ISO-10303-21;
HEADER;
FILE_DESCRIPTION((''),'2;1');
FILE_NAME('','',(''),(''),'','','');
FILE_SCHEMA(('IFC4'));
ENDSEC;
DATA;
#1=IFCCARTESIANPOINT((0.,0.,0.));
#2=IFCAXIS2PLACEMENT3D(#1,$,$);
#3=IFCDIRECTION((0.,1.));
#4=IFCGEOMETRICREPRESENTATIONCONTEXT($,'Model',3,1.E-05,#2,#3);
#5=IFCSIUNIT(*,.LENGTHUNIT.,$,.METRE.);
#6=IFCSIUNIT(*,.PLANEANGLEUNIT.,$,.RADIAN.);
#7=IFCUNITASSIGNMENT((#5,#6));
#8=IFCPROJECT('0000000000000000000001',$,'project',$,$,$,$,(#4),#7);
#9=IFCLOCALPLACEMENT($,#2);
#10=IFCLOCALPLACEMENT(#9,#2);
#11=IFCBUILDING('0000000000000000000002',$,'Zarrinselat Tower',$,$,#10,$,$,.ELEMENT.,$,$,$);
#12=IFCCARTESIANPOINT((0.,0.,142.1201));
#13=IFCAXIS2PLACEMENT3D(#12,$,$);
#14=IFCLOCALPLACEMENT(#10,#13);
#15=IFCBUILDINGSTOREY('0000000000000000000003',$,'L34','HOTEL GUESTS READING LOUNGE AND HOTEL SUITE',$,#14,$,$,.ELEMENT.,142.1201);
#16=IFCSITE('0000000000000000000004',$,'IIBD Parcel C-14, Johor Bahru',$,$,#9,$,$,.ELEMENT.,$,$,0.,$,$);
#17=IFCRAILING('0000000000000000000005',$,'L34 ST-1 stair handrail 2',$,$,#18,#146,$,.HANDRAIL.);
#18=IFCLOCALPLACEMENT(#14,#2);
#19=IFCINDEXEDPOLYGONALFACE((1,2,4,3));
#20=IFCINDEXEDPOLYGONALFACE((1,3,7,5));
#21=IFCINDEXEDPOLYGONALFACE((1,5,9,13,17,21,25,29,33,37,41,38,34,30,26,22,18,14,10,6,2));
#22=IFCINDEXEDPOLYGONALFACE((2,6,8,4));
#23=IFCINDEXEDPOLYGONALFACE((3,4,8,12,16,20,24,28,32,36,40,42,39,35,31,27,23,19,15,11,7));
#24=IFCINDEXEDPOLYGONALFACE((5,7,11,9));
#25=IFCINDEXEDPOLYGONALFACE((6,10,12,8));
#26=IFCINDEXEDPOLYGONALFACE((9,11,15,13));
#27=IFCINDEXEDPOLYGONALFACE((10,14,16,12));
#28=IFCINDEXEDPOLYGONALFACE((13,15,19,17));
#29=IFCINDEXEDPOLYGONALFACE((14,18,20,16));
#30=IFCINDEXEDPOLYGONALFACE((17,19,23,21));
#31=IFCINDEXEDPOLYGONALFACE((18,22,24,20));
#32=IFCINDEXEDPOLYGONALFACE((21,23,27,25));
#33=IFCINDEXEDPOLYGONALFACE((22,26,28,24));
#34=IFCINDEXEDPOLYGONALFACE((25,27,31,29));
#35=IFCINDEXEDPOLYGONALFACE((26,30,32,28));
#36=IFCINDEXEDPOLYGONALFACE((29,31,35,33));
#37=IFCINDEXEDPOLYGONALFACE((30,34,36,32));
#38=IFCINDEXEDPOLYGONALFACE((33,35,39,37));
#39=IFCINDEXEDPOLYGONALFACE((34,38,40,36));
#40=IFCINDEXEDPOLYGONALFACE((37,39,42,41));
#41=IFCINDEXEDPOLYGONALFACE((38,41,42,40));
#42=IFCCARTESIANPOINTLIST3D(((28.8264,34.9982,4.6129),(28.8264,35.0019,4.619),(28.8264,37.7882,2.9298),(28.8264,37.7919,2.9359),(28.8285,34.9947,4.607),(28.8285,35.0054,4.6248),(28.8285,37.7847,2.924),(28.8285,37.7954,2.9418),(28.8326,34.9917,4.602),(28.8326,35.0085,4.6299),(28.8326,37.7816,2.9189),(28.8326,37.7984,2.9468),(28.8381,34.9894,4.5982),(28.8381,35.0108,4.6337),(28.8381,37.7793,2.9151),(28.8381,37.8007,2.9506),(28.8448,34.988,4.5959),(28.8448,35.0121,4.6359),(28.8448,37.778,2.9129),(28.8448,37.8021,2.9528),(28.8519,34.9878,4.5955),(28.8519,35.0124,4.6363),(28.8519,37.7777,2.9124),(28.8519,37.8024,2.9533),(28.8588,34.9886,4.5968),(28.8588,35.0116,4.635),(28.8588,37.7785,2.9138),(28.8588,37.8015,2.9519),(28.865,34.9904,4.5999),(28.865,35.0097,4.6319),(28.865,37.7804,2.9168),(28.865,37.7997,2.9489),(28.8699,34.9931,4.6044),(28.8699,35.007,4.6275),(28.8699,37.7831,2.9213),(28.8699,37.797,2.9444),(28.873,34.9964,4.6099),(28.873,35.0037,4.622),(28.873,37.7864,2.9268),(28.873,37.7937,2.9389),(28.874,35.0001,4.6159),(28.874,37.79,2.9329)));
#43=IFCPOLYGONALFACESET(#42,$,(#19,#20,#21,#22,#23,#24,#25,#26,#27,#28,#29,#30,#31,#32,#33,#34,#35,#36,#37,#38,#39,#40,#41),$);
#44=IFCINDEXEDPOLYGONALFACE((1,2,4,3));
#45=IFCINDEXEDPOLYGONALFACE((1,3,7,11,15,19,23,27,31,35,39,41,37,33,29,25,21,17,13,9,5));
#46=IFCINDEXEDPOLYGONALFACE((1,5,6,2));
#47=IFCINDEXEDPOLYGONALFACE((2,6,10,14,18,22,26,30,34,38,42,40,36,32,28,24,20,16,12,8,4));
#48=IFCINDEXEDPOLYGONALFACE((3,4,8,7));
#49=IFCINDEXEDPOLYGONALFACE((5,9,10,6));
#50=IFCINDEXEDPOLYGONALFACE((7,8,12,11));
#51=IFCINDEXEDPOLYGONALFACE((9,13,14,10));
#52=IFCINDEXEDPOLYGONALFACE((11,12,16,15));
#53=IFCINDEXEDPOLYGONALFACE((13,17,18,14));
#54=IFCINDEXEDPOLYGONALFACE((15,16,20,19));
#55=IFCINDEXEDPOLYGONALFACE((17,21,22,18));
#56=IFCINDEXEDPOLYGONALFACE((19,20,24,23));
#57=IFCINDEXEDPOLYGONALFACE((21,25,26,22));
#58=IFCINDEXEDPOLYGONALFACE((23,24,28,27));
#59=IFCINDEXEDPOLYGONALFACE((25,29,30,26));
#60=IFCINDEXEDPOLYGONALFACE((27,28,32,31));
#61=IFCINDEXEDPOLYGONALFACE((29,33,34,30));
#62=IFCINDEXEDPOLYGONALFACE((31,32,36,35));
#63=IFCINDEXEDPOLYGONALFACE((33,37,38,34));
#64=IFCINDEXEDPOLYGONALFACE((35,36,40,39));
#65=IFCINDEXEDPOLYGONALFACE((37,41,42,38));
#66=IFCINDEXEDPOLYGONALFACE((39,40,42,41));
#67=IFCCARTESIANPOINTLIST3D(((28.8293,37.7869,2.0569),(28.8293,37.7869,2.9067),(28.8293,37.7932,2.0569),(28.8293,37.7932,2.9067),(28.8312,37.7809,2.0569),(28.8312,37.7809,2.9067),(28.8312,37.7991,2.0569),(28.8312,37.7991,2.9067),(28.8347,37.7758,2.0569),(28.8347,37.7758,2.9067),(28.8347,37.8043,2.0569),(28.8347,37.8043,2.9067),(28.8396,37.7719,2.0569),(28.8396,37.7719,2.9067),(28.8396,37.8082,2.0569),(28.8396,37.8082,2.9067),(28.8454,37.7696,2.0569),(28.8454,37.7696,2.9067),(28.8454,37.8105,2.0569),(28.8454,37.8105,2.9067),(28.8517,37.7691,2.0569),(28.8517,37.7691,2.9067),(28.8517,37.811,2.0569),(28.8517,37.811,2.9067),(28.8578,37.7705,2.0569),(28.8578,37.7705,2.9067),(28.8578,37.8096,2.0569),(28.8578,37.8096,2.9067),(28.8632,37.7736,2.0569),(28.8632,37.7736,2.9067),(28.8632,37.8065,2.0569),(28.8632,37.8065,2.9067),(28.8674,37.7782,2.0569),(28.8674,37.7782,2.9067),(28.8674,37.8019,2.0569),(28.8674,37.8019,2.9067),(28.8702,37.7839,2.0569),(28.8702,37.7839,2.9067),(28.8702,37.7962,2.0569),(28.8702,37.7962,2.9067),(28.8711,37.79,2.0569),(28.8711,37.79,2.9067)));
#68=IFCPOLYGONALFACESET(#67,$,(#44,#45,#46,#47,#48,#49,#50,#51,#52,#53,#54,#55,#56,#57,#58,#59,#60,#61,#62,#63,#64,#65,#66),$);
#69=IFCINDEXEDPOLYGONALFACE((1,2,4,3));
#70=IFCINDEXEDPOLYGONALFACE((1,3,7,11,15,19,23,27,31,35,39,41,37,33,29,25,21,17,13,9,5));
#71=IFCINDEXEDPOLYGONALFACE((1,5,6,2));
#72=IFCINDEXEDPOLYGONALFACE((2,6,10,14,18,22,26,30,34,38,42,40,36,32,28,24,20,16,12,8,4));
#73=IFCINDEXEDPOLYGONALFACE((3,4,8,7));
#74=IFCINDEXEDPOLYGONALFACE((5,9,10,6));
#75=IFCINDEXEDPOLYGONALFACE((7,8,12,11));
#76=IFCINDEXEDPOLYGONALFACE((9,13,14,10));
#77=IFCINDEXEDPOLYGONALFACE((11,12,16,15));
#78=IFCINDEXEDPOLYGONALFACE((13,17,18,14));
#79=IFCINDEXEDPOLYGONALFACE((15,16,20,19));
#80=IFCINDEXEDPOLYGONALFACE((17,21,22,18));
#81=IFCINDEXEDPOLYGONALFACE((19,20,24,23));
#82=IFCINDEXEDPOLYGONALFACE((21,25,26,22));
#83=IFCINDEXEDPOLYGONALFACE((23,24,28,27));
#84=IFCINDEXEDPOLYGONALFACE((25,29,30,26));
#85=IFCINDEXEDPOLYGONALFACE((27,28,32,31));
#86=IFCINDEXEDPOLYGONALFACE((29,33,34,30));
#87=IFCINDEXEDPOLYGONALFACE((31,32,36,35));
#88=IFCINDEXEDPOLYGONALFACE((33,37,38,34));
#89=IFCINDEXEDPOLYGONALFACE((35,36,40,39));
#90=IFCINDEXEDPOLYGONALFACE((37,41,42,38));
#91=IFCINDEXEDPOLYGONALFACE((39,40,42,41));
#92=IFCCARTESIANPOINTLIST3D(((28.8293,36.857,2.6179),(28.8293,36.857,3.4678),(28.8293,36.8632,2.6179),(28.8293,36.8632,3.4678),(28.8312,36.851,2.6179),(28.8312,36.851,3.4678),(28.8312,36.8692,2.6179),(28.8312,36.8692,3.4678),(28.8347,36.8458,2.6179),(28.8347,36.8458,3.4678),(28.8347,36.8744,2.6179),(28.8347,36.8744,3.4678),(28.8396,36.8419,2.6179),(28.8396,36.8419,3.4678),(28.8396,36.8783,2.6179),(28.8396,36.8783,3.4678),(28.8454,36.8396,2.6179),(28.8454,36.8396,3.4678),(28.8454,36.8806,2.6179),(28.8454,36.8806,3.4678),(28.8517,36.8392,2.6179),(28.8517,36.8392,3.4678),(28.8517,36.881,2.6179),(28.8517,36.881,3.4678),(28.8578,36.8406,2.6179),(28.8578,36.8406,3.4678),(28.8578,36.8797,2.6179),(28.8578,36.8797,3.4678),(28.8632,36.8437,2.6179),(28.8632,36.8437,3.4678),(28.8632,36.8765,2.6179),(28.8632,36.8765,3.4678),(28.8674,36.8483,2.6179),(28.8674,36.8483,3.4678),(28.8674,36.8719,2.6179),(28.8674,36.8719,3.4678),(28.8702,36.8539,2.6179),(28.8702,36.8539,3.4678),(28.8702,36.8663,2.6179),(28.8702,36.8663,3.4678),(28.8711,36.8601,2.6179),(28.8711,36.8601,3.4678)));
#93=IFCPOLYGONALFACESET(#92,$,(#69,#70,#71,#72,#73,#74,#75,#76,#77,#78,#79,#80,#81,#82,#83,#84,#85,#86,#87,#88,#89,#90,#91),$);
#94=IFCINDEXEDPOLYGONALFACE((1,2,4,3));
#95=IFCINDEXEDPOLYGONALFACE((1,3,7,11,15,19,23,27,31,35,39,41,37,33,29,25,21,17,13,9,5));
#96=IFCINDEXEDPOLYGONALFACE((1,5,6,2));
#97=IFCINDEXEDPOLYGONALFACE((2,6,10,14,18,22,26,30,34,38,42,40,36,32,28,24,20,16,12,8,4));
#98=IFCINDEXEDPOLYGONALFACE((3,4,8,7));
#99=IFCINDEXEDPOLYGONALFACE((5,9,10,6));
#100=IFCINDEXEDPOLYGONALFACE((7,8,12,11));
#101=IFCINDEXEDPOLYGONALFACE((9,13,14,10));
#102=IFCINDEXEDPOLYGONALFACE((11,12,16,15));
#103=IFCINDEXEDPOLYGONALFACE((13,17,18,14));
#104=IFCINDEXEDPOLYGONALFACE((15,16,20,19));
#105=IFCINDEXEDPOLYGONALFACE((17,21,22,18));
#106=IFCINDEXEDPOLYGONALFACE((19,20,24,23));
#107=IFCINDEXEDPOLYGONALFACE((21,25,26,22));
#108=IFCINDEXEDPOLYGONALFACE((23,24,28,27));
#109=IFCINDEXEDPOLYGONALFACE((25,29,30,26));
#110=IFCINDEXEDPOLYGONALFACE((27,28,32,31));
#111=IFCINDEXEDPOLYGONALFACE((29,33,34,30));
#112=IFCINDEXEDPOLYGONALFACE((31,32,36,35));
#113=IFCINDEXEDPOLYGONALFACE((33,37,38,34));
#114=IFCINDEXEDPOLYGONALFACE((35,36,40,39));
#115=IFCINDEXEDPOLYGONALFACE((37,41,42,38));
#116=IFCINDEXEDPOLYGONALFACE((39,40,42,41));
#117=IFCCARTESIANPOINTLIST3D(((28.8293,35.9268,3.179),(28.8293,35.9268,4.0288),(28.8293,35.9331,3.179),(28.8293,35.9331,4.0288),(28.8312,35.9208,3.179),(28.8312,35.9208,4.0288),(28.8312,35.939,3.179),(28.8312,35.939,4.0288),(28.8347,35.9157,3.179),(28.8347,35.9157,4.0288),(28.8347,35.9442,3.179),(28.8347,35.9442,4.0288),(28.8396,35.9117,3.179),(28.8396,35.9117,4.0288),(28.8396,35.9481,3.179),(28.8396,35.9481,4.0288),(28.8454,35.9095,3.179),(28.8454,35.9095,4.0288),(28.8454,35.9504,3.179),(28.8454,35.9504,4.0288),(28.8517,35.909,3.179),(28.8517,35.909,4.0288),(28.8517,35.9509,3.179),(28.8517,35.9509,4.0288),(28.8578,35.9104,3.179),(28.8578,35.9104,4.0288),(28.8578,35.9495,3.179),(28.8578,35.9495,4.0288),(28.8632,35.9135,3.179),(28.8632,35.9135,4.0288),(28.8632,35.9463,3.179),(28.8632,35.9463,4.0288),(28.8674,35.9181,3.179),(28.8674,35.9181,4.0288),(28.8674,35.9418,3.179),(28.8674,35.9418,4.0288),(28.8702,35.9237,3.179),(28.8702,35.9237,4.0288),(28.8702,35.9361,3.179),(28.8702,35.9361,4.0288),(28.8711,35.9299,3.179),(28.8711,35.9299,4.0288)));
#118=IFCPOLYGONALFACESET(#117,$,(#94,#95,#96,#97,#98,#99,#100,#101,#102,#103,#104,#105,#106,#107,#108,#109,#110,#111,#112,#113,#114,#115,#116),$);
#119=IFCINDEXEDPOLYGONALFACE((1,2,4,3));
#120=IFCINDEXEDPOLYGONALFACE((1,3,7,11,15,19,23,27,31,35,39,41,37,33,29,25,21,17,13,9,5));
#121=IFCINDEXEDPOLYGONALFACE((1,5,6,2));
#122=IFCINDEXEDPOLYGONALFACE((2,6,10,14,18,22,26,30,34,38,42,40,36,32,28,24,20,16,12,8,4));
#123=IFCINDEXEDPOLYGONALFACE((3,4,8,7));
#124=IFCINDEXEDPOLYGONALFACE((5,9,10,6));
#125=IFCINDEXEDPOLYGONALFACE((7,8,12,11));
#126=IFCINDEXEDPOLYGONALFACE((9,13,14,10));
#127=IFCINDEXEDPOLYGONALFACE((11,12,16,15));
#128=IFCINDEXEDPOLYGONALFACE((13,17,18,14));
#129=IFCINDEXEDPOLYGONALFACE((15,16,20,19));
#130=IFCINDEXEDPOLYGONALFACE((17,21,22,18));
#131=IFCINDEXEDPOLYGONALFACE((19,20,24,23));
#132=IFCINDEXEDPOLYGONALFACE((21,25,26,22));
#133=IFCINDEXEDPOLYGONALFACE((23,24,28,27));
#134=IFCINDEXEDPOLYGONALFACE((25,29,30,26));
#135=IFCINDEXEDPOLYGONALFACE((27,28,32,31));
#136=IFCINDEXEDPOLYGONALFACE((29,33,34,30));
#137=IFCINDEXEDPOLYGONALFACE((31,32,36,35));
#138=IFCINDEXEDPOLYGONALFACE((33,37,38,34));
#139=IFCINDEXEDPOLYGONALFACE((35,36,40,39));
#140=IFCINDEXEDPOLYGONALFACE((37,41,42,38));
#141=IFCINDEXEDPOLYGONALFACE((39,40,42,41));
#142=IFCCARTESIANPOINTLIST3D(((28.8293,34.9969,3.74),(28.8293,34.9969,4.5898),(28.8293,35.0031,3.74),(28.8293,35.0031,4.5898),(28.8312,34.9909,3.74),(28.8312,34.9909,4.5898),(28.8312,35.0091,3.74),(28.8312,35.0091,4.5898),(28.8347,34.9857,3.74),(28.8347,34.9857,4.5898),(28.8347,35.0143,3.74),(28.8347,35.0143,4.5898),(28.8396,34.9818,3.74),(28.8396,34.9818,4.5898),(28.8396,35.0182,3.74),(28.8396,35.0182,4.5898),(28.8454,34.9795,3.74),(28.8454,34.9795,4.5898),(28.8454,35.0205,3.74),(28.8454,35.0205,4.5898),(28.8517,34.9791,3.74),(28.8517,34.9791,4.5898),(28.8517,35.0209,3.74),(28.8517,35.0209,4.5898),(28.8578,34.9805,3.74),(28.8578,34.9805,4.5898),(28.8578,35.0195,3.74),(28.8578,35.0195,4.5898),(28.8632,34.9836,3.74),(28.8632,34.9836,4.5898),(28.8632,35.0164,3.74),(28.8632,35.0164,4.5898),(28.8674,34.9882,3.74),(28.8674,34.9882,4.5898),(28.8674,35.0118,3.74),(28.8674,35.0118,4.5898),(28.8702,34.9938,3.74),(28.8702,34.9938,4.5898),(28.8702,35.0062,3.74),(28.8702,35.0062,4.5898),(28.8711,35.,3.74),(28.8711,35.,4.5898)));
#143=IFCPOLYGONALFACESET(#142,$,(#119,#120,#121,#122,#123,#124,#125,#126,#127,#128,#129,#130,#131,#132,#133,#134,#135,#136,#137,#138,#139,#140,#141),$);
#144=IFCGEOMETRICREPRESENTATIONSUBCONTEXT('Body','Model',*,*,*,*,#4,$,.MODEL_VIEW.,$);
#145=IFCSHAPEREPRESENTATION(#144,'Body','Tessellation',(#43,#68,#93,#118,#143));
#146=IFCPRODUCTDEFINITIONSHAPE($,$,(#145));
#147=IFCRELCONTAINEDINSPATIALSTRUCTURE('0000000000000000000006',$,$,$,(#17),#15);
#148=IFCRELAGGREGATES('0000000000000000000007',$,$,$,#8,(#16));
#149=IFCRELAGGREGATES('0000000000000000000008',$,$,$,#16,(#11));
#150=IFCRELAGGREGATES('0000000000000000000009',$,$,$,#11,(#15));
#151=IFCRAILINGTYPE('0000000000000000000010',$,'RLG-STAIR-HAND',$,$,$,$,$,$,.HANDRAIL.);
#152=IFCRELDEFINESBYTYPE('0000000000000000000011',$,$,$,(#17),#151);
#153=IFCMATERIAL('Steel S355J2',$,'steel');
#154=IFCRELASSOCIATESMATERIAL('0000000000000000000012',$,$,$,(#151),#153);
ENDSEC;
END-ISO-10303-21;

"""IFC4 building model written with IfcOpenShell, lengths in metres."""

from ifc_helpers import new_model, si_unit, direction, frame, origin, origin_2d, place, context, subcontext, project, spatial, circle, extrude, material, type_object, element, save


model = new_model("IFC4")

# Units and contexts
model_context = context("Model", 3, precision=1e-05, world=origin(), true_north=direction((0.0, 1.0)))
body_context = subcontext(model_context, "Body", "Model", "MODEL_VIEW")
ifc_project = project(units=[si_unit("LENGTHUNIT", "METRE"), si_unit("PLANEANGLEUNIT", "RADIAN")], contexts=[model_context])

# Site, building, storey
site_placement = place(None, origin())
site = spatial("IfcSite", under=ifc_project, at=site_placement, Name="IIBD Parcel C-14, Johor Bahru", CompositionType="ELEMENT", RefElevation=0.0)
building_placement = place(site_placement, origin())
building = spatial("IfcBuilding", under=site, at=building_placement, Name="Zarrinselat Tower", CompositionType="ELEMENT")
storey_placement = place(building_placement, frame((0.0, 0.0, 142.1201)))
storey = spatial("IfcBuildingStorey", under=building, at=storey_placement, Name="L34", Description="HOTEL GUESTS READING LOUNGE AND HOTEL SUITE", CompositionType="ELEMENT", Elevation=142.1201)

# Railing
ifc_material_1 = material(Name="Steel S355J2", Category="steel")
railing_type_1 = type_object("IfcRailingType", Name="RLG-STAIR-HAND", PredefinedType="HANDRAIL", material=ifc_material_1)
railing_1_placement = place(storey_placement, frame((28.8501, 37.79, 2.0569)))
element("IfcRailing", 1, at=railing_1_placement, inside=storey, type_object=railing_type_1, Name="L34 ST-1 stair handrail 2", PredefinedType="HANDRAIL", context=body_context, shape_type="SweptSolid", body=[
    extrude(circle(Radius=0.0239, at=origin_2d()), frame((0.0, 0.0, 0.876), z_axis=(0.0, -0.856261, 0.516544), x_axis=(1.0, 0.0, 0.0)), (0.0, 0.0, 1.0), 3.2583),
    extrude(circle(Radius=0.021, at=origin_2d()), origin(), (0.0, 0.0, 1.0), 0.8499),
    extrude(circle(Radius=0.021, at=origin_2d()), frame((0.0, -0.9299, 0.561)), (0.0, 0.0, 1.0), 0.8499),
    extrude(circle(Radius=0.021, at=origin_2d()), frame((0.0, -1.8601, 1.1221)), (0.0, 0.0, 1.0), 0.8499),
    extrude(circle(Radius=0.021, at=origin_2d()), frame((0.0, -2.79, 1.6831)), (0.0, 0.0, 1.0), 0.8499),
])

save(model, "model.ifc")
